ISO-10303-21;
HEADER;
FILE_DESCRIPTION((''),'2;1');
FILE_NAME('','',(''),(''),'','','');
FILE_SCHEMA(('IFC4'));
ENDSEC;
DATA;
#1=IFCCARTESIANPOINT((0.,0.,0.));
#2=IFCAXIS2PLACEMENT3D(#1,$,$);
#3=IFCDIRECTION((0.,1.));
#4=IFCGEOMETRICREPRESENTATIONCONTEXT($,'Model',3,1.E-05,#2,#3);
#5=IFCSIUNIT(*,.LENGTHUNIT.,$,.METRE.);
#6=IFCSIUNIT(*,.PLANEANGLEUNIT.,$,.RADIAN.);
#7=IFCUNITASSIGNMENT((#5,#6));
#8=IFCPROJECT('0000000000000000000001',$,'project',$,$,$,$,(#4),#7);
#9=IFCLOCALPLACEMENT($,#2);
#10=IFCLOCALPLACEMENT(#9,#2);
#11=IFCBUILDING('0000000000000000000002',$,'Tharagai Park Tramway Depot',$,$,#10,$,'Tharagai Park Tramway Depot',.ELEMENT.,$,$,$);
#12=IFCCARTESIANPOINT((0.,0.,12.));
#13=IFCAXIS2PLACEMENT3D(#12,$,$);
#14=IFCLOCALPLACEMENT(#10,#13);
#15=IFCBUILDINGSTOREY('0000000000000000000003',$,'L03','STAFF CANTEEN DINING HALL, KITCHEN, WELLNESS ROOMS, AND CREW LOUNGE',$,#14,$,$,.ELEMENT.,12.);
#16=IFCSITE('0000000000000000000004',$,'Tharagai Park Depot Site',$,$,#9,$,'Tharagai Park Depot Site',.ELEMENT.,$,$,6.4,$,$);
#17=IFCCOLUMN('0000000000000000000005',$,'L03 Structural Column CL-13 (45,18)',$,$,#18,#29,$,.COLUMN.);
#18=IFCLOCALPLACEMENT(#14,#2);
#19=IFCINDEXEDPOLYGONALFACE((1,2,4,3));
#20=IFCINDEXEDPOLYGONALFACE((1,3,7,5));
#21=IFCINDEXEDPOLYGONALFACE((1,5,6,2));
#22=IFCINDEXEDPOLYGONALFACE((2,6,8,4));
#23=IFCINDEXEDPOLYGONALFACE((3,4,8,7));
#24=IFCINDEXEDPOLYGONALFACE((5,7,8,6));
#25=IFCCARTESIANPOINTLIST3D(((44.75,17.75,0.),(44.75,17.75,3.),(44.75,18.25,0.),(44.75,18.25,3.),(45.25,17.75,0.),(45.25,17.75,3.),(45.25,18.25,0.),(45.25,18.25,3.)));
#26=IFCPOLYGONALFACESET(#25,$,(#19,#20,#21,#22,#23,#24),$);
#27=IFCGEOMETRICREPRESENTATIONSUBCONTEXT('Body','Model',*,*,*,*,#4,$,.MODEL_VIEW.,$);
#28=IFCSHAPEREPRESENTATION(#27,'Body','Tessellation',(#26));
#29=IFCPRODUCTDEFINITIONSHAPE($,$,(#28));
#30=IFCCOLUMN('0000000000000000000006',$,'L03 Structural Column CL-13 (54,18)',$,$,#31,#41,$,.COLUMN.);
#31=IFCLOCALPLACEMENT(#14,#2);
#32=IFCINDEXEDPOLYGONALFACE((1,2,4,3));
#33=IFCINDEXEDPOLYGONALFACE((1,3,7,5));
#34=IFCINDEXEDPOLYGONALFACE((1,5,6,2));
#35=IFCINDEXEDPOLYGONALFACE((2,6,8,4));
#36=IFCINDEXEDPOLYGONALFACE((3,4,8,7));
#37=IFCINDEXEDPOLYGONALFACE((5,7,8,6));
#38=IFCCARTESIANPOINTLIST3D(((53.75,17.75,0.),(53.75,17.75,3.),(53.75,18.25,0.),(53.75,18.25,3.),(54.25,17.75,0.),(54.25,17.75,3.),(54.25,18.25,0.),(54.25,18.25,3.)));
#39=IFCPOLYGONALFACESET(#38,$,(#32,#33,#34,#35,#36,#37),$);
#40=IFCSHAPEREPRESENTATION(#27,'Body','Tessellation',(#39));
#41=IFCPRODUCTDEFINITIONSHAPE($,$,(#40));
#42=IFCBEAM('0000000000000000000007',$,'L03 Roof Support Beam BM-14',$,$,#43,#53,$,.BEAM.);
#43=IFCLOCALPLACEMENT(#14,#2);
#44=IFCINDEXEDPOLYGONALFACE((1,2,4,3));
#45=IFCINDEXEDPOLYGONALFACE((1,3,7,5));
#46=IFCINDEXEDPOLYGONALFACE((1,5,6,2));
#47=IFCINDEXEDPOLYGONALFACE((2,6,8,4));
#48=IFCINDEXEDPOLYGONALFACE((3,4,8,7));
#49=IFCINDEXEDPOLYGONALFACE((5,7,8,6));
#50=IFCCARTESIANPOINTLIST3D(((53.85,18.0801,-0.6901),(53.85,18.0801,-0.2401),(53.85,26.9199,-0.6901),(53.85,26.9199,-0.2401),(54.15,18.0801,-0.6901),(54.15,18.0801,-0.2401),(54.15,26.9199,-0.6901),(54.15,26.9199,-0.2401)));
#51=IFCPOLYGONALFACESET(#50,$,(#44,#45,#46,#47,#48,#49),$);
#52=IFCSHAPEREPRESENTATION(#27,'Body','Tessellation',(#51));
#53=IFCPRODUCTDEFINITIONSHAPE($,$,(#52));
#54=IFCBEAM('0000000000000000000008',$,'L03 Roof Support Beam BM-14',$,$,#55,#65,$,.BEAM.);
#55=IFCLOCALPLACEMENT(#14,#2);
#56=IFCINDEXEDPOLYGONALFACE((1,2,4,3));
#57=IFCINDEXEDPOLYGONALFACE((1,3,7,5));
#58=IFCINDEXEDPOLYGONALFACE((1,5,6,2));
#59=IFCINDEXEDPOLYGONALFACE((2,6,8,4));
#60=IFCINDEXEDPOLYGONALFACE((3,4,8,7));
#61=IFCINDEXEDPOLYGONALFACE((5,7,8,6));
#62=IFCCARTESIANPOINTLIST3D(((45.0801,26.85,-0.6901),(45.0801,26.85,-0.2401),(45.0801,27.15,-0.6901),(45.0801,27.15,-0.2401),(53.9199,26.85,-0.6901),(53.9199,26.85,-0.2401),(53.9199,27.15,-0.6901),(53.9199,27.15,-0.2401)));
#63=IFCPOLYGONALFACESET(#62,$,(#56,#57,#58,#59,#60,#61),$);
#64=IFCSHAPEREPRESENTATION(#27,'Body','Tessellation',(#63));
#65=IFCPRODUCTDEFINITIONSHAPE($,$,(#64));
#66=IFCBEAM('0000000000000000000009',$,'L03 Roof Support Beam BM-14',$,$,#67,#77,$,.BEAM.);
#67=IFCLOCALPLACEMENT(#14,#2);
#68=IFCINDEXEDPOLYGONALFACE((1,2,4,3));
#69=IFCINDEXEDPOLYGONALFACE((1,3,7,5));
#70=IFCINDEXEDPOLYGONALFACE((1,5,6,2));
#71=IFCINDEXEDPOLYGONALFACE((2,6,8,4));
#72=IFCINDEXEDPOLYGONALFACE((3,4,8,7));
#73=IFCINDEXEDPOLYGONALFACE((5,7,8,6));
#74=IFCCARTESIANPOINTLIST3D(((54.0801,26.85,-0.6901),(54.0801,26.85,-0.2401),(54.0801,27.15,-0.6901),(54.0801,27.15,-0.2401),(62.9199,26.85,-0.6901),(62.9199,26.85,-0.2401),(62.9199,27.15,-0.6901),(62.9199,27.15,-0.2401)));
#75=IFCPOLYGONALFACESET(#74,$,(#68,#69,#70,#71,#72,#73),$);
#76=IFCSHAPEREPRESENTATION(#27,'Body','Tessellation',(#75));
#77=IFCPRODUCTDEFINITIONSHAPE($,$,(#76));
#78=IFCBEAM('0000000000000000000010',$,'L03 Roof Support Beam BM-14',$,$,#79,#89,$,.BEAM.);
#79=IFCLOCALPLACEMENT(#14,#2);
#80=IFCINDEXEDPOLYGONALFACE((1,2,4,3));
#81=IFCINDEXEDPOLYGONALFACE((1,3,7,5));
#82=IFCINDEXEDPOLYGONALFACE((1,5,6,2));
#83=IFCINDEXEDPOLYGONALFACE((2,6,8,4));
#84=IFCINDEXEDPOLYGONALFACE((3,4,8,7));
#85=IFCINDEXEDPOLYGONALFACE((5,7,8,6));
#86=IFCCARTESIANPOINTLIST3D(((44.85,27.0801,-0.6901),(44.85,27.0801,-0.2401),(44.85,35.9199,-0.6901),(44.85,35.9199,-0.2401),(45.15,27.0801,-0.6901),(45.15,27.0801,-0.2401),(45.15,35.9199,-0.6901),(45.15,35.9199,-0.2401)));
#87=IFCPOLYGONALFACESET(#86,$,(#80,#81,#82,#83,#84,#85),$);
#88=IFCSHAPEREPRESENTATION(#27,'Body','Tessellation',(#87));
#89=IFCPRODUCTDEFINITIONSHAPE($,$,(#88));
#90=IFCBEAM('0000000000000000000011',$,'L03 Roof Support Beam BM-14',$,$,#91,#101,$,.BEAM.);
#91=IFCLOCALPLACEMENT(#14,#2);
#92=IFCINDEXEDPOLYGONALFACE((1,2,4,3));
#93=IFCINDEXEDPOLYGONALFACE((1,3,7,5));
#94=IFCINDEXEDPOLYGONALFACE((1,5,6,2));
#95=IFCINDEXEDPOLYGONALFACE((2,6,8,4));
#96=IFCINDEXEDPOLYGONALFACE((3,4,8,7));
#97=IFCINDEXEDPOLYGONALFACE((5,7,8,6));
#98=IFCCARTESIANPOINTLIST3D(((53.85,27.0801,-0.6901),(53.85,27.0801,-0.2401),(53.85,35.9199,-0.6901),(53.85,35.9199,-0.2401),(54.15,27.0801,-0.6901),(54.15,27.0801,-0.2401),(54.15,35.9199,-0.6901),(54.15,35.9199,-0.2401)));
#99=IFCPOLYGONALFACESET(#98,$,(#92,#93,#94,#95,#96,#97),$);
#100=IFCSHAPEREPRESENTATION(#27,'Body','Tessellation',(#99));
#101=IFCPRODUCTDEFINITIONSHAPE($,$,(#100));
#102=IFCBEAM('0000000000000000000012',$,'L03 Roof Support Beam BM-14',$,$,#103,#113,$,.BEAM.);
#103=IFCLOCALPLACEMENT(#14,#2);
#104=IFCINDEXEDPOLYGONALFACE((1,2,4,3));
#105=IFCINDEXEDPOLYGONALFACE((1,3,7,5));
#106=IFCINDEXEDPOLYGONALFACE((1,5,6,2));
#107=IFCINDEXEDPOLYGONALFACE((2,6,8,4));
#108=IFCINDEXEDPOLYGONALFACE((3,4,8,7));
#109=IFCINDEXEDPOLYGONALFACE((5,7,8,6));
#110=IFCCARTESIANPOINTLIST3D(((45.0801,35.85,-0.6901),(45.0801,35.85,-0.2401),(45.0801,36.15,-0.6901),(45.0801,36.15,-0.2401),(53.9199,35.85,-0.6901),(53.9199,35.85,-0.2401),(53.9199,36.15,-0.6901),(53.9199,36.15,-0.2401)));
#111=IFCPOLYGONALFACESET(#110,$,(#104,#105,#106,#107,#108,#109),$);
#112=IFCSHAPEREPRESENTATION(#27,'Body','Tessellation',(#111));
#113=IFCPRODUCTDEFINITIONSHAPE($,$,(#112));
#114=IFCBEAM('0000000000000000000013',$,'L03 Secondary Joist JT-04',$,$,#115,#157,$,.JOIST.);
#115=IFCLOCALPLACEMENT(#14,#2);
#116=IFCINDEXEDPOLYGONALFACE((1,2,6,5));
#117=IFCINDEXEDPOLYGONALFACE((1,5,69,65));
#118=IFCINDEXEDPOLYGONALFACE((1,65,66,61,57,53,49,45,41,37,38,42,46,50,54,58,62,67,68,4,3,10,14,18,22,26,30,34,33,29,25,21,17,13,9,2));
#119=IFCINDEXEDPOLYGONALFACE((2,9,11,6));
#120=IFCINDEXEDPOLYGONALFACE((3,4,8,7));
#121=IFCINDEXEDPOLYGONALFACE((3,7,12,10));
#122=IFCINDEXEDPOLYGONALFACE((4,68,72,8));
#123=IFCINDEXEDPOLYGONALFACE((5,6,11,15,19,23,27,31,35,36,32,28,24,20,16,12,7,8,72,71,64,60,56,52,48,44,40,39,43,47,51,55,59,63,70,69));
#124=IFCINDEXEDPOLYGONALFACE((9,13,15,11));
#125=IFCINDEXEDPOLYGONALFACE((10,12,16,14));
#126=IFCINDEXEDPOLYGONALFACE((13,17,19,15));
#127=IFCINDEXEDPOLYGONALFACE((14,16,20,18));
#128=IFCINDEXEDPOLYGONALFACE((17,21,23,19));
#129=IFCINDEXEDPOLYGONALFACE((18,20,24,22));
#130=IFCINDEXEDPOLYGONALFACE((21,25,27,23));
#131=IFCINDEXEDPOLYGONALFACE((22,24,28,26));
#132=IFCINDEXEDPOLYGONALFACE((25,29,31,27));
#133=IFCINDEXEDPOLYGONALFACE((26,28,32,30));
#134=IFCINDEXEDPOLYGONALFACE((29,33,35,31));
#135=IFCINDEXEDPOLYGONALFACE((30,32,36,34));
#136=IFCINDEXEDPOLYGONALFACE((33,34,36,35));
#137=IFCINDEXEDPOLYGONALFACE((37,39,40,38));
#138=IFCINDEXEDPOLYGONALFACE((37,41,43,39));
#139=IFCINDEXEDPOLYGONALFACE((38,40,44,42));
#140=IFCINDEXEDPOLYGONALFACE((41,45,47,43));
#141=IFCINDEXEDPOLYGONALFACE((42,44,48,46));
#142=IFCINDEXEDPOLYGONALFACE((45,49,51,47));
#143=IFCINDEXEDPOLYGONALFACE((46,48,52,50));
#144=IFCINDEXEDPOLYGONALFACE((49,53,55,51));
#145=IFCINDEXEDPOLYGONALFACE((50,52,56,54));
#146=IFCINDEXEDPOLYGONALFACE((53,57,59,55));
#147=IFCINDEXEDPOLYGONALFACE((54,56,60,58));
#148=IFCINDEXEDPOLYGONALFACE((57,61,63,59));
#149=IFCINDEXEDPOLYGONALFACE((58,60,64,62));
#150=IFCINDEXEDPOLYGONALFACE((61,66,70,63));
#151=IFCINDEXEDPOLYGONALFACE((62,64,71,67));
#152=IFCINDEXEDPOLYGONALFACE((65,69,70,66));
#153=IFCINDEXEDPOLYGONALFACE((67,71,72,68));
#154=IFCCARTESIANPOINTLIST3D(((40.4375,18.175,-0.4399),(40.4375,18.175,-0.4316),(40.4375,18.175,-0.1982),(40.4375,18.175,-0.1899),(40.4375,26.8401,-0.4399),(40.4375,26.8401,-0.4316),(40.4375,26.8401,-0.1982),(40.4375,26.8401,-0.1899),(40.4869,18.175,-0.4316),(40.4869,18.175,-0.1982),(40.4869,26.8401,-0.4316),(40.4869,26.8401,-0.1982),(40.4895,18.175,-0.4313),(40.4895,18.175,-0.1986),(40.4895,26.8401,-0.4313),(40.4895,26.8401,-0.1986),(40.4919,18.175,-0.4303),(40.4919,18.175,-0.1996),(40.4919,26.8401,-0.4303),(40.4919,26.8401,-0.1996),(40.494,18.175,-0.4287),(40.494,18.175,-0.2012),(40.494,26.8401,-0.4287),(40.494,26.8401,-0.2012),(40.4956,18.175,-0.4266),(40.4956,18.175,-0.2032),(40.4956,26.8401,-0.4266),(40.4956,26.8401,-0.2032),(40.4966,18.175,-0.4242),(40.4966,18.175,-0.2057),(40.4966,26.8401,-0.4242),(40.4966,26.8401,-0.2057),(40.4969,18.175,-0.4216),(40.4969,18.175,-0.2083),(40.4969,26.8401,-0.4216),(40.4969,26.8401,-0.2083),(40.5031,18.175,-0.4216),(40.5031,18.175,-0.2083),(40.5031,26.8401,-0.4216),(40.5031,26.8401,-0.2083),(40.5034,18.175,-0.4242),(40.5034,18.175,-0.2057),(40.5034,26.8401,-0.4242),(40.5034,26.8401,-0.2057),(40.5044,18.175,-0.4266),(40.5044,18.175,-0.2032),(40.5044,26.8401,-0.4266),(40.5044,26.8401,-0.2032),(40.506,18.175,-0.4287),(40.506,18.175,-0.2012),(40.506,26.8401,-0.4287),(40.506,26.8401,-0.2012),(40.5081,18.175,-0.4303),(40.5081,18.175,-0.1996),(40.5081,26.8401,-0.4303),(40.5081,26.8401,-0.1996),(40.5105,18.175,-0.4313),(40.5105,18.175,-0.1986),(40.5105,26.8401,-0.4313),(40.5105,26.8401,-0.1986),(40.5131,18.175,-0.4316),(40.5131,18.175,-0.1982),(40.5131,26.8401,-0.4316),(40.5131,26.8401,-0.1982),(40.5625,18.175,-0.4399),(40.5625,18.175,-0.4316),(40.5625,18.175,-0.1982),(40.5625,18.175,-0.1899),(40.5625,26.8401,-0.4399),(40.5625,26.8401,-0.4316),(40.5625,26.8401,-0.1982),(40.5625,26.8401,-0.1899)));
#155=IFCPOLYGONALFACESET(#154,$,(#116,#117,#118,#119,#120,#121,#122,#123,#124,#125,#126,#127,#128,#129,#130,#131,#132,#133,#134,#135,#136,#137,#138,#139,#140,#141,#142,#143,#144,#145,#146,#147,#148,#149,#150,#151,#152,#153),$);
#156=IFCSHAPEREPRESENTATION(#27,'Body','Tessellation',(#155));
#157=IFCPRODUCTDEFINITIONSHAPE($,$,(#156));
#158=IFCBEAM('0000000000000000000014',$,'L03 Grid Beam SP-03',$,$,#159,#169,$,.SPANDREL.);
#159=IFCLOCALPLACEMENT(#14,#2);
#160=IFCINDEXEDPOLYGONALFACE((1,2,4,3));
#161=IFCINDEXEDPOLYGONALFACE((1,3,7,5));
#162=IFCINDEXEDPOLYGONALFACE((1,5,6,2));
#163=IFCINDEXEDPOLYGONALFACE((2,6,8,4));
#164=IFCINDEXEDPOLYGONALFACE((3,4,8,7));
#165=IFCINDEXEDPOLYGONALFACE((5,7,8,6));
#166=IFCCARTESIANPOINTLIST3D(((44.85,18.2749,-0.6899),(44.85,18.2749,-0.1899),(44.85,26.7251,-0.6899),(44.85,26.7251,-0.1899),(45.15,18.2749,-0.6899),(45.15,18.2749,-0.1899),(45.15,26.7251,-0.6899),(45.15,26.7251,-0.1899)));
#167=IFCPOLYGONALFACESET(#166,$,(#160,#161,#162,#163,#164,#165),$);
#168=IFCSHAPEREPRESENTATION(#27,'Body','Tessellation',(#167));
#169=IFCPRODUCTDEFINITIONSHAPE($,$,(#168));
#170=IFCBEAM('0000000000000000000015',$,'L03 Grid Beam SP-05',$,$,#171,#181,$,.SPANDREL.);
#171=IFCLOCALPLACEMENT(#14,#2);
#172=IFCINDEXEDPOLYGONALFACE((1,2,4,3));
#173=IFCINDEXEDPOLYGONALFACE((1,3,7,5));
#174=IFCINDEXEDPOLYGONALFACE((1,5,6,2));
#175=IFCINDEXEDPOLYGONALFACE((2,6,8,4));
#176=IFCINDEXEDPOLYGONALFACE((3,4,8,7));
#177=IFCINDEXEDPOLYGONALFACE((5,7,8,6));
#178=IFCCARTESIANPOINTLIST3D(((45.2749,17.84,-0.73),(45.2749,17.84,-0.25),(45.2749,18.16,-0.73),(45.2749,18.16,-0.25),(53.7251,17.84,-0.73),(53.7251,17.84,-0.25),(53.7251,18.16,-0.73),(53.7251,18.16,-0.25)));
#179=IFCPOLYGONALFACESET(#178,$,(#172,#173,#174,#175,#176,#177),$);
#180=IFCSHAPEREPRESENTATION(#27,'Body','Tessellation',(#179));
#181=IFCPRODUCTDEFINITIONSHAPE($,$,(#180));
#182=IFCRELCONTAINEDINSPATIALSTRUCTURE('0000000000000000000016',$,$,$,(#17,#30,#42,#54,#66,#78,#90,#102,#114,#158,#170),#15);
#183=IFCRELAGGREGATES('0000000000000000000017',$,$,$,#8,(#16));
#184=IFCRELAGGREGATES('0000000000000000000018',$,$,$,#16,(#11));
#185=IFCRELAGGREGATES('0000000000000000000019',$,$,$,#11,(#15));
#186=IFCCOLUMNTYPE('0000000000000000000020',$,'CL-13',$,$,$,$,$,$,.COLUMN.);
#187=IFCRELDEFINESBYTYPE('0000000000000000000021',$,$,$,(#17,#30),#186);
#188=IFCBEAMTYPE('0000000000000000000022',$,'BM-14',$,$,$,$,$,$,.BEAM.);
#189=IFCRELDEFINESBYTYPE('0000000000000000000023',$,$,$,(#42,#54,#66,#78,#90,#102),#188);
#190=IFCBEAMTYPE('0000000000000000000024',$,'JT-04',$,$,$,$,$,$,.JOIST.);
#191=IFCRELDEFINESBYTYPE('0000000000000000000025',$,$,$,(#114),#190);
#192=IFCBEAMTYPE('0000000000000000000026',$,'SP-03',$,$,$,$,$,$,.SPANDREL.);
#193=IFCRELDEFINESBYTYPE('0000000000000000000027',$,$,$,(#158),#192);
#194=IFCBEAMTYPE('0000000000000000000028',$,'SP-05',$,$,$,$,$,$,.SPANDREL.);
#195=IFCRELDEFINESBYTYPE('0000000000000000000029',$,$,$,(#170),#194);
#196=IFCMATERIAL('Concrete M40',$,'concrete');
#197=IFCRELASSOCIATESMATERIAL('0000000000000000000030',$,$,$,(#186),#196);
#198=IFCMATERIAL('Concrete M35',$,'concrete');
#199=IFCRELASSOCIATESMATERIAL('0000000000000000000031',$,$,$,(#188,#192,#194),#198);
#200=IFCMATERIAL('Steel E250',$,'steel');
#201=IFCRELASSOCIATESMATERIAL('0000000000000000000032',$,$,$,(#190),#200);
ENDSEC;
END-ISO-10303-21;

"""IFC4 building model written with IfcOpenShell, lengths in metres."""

from ifc_helpers import new_model, si_unit, direction, frame, origin, origin_2d, place, context, subcontext, project, spatial, rectangle, i_section, extrude, material, material_profile, profile_set, type_object, element, save


model = new_model("IFC4")

# Units and contexts
model_context = context("Model", 3, precision=1e-05, world=origin(), true_north=direction((0.0, 1.0)))
body_context = subcontext(model_context, "Body", "Model", "MODEL_VIEW")
ifc_project = project(units=[si_unit("LENGTHUNIT", "METRE"), si_unit("PLANEANGLEUNIT", "RADIAN")], contexts=[model_context])

# Site, building, storey
site_placement = place(None, origin())
site = spatial("IfcSite", under=ifc_project, at=site_placement, Name="Tharagai Park Depot Site", LongName="Tharagai Park Depot Site", CompositionType="ELEMENT", RefElevation=6.4)
building_placement = place(site_placement, origin())
building = spatial("IfcBuilding", under=site, at=building_placement, Name="Tharagai Park Tramway Depot", LongName="Tharagai Park Tramway Depot", CompositionType="ELEMENT")
storey_placement = place(building_placement, frame((0.0, 0.0, 12.0)))
storey = spatial("IfcBuildingStorey", under=building, at=storey_placement, Name="L03", Description="STAFF CANTEEN DINING HALL, KITCHEN, WELLNESS ROOMS, AND CREW LOUNGE", CompositionType="ELEMENT", Elevation=12.0)

# Columns
ifc_material_1 = material(Name="Concrete M40", Category="concrete")
ifc_material_profile_1 = material_profile(ifc_material_1, rectangle(XDim=0.5, YDim=0.5, at=origin_2d()), Name="RC 500x500")
ifc_profile_set_1 = profile_set([ifc_material_profile_1], Name="Concrete M40")
column_type = type_object("IfcColumnType", Name="CL-13", PredefinedType="COLUMN", material=ifc_profile_set_1)
for number, where, z_axis, x_axis, name in (
    (1, (45.0, 18.0, 0.0), (0.0, 0.0, 1.0), (1.0, 0.0, 0.0), "L03 Structural Column CL-13 (45,18)"),
    (2, (54.0, 18.0, 0.0), (0.0, 0.0, 1.0), (1.0, 0.0, 0.0), "L03 Structural Column CL-13 (54,18)"),
):
    element("IfcColumn", number, at=place(storey_placement, frame(where, z_axis=z_axis, x_axis=x_axis)), inside=storey, type_object=column_type, Name=name, PredefinedType="COLUMN", context=body_context, shape_type="SweptSolid", body=[
        extrude(rectangle(XDim=0.5, YDim=0.5, at=origin_2d()), origin(), (0.0, 0.0, 1.0), 3.0),
    ])

# Beams
ifc_material_2 = material(Name="Concrete M35", Category="concrete")
ifc_material_profile_2 = material_profile(ifc_material_2, rectangle(XDim=0.3, YDim=0.45, at=origin_2d()), Name="RC 300x450")
ifc_profile_set_2 = profile_set([ifc_material_profile_2], Name="Concrete M35")
beam_type_1 = type_object("IfcBeamType", Name="BM-14", PredefinedType="BEAM", material=ifc_profile_set_2)
for number, where, z_axis, x_axis, name in (
    (3, (54.0, 18.0801, -0.4651), (0.0, 1.0, 0.0), (-1.0, 0.0, 0.0), "L03 Roof Support Beam BM-14"),
    (4, (45.0801, 27.0, -0.4651), (1.0, 0.0, 0.0), (0.0, 1.0, 0.0), "L03 Roof Support Beam BM-14"),
    (5, (54.0801, 27.0, -0.4651), (1.0, 0.0, 0.0), (0.0, 1.0, 0.0), "L03 Roof Support Beam BM-14"),
    (6, (45.0, 27.0801, -0.4651), (0.0, 1.0, 0.0), (-1.0, 0.0, 0.0), "L03 Roof Support Beam BM-14"),
    (7, (54.0, 27.0801, -0.4651), (0.0, 1.0, 0.0), (-1.0, 0.0, 0.0), "L03 Roof Support Beam BM-14"),
    (8, (45.0801, 36.0, -0.4651), (1.0, 0.0, 0.0), (0.0, 1.0, 0.0), "L03 Roof Support Beam BM-14"),
):
    element("IfcBeam", number, at=place(storey_placement, frame(where, z_axis=z_axis, x_axis=x_axis)), inside=storey, type_object=beam_type_1, Name=name, PredefinedType="BEAM", context=body_context, shape_type="SweptSolid", body=[
        extrude(rectangle(XDim=0.3, YDim=0.45, at=origin_2d()), origin(), (0.0, 0.0, 1.0), 8.8398),
    ])
ifc_material_3 = material(Name="Steel E250", Category="steel")
ifc_material_profile_3 = material_profile(ifc_material_3, i_section(OverallWidth=0.125, OverallDepth=0.25, WebThickness=0.0061, FlangeThickness=0.0083, FilletRadius=0.01, at=origin_2d()), Name="ISLB 250")
ifc_profile_set_3 = profile_set([ifc_material_profile_3], Name="Steel E250")
beam_type_2 = type_object("IfcBeamType", Name="JT-04", PredefinedType="JOIST", material=ifc_profile_set_3)
beam_1_placement = place(storey_placement, frame((40.5, 18.175, -0.3149), z_axis=(0.0, 1.0, 0.0), x_axis=(-1.0, 0.0, 0.0)))
element("IfcBeam", 9, at=beam_1_placement, inside=storey, type_object=beam_type_2, Name="L03 Secondary Joist JT-04", PredefinedType="JOIST", context=body_context, shape_type="SweptSolid", body=[
    extrude(i_section(OverallWidth=0.125, OverallDepth=0.25, WebThickness=0.0061, FlangeThickness=0.0083, FilletRadius=0.01, at=origin_2d()), origin(), (0.0, 0.0, 1.0), 8.665),
])
ifc_material_profile_4 = material_profile(ifc_material_2, rectangle(XDim=0.3, YDim=0.5, at=origin_2d()), Name="RC 300x500")
ifc_profile_set_4 = profile_set([ifc_material_profile_4], Name="Concrete M35")
beam_type_3 = type_object("IfcBeamType", Name="SP-03", PredefinedType="SPANDREL", material=ifc_profile_set_4)
beam_2_placement = place(storey_placement, frame((45.0, 18.2749, -0.4399), z_axis=(0.0, 1.0, 0.0), x_axis=(-1.0, 0.0, 0.0)))
element("IfcBeam", 10, at=beam_2_placement, inside=storey, type_object=beam_type_3, Name="L03 Grid Beam SP-03", PredefinedType="SPANDREL", context=body_context, shape_type="SweptSolid", body=[
    extrude(rectangle(XDim=0.3, YDim=0.5, at=origin_2d()), origin(), (0.0, 0.0, 1.0), 8.4502),
])
ifc_material_profile_5 = material_profile(ifc_material_2, rectangle(XDim=0.3201, YDim=0.48, at=origin_2d()), Name="RC 320x480")
ifc_profile_set_5 = profile_set([ifc_material_profile_5], Name="Concrete M35")
beam_type_4 = type_object("IfcBeamType", Name="SP-05", PredefinedType="SPANDREL", material=ifc_profile_set_5)
beam_3_placement = place(storey_placement, frame((45.2749, 18.0, -0.49), z_axis=(1.0, 0.0, 0.0), x_axis=(0.0, 1.0, 0.0)))
element("IfcBeam", 11, at=beam_3_placement, inside=storey, type_object=beam_type_4, Name="L03 Grid Beam SP-05", PredefinedType="SPANDREL", context=body_context, shape_type="SweptSolid", body=[
    extrude(rectangle(XDim=0.3201, YDim=0.48, at=origin_2d()), origin(), (0.0, 0.0, 1.0), 8.4502),
])

save(model, "model.ifc")
